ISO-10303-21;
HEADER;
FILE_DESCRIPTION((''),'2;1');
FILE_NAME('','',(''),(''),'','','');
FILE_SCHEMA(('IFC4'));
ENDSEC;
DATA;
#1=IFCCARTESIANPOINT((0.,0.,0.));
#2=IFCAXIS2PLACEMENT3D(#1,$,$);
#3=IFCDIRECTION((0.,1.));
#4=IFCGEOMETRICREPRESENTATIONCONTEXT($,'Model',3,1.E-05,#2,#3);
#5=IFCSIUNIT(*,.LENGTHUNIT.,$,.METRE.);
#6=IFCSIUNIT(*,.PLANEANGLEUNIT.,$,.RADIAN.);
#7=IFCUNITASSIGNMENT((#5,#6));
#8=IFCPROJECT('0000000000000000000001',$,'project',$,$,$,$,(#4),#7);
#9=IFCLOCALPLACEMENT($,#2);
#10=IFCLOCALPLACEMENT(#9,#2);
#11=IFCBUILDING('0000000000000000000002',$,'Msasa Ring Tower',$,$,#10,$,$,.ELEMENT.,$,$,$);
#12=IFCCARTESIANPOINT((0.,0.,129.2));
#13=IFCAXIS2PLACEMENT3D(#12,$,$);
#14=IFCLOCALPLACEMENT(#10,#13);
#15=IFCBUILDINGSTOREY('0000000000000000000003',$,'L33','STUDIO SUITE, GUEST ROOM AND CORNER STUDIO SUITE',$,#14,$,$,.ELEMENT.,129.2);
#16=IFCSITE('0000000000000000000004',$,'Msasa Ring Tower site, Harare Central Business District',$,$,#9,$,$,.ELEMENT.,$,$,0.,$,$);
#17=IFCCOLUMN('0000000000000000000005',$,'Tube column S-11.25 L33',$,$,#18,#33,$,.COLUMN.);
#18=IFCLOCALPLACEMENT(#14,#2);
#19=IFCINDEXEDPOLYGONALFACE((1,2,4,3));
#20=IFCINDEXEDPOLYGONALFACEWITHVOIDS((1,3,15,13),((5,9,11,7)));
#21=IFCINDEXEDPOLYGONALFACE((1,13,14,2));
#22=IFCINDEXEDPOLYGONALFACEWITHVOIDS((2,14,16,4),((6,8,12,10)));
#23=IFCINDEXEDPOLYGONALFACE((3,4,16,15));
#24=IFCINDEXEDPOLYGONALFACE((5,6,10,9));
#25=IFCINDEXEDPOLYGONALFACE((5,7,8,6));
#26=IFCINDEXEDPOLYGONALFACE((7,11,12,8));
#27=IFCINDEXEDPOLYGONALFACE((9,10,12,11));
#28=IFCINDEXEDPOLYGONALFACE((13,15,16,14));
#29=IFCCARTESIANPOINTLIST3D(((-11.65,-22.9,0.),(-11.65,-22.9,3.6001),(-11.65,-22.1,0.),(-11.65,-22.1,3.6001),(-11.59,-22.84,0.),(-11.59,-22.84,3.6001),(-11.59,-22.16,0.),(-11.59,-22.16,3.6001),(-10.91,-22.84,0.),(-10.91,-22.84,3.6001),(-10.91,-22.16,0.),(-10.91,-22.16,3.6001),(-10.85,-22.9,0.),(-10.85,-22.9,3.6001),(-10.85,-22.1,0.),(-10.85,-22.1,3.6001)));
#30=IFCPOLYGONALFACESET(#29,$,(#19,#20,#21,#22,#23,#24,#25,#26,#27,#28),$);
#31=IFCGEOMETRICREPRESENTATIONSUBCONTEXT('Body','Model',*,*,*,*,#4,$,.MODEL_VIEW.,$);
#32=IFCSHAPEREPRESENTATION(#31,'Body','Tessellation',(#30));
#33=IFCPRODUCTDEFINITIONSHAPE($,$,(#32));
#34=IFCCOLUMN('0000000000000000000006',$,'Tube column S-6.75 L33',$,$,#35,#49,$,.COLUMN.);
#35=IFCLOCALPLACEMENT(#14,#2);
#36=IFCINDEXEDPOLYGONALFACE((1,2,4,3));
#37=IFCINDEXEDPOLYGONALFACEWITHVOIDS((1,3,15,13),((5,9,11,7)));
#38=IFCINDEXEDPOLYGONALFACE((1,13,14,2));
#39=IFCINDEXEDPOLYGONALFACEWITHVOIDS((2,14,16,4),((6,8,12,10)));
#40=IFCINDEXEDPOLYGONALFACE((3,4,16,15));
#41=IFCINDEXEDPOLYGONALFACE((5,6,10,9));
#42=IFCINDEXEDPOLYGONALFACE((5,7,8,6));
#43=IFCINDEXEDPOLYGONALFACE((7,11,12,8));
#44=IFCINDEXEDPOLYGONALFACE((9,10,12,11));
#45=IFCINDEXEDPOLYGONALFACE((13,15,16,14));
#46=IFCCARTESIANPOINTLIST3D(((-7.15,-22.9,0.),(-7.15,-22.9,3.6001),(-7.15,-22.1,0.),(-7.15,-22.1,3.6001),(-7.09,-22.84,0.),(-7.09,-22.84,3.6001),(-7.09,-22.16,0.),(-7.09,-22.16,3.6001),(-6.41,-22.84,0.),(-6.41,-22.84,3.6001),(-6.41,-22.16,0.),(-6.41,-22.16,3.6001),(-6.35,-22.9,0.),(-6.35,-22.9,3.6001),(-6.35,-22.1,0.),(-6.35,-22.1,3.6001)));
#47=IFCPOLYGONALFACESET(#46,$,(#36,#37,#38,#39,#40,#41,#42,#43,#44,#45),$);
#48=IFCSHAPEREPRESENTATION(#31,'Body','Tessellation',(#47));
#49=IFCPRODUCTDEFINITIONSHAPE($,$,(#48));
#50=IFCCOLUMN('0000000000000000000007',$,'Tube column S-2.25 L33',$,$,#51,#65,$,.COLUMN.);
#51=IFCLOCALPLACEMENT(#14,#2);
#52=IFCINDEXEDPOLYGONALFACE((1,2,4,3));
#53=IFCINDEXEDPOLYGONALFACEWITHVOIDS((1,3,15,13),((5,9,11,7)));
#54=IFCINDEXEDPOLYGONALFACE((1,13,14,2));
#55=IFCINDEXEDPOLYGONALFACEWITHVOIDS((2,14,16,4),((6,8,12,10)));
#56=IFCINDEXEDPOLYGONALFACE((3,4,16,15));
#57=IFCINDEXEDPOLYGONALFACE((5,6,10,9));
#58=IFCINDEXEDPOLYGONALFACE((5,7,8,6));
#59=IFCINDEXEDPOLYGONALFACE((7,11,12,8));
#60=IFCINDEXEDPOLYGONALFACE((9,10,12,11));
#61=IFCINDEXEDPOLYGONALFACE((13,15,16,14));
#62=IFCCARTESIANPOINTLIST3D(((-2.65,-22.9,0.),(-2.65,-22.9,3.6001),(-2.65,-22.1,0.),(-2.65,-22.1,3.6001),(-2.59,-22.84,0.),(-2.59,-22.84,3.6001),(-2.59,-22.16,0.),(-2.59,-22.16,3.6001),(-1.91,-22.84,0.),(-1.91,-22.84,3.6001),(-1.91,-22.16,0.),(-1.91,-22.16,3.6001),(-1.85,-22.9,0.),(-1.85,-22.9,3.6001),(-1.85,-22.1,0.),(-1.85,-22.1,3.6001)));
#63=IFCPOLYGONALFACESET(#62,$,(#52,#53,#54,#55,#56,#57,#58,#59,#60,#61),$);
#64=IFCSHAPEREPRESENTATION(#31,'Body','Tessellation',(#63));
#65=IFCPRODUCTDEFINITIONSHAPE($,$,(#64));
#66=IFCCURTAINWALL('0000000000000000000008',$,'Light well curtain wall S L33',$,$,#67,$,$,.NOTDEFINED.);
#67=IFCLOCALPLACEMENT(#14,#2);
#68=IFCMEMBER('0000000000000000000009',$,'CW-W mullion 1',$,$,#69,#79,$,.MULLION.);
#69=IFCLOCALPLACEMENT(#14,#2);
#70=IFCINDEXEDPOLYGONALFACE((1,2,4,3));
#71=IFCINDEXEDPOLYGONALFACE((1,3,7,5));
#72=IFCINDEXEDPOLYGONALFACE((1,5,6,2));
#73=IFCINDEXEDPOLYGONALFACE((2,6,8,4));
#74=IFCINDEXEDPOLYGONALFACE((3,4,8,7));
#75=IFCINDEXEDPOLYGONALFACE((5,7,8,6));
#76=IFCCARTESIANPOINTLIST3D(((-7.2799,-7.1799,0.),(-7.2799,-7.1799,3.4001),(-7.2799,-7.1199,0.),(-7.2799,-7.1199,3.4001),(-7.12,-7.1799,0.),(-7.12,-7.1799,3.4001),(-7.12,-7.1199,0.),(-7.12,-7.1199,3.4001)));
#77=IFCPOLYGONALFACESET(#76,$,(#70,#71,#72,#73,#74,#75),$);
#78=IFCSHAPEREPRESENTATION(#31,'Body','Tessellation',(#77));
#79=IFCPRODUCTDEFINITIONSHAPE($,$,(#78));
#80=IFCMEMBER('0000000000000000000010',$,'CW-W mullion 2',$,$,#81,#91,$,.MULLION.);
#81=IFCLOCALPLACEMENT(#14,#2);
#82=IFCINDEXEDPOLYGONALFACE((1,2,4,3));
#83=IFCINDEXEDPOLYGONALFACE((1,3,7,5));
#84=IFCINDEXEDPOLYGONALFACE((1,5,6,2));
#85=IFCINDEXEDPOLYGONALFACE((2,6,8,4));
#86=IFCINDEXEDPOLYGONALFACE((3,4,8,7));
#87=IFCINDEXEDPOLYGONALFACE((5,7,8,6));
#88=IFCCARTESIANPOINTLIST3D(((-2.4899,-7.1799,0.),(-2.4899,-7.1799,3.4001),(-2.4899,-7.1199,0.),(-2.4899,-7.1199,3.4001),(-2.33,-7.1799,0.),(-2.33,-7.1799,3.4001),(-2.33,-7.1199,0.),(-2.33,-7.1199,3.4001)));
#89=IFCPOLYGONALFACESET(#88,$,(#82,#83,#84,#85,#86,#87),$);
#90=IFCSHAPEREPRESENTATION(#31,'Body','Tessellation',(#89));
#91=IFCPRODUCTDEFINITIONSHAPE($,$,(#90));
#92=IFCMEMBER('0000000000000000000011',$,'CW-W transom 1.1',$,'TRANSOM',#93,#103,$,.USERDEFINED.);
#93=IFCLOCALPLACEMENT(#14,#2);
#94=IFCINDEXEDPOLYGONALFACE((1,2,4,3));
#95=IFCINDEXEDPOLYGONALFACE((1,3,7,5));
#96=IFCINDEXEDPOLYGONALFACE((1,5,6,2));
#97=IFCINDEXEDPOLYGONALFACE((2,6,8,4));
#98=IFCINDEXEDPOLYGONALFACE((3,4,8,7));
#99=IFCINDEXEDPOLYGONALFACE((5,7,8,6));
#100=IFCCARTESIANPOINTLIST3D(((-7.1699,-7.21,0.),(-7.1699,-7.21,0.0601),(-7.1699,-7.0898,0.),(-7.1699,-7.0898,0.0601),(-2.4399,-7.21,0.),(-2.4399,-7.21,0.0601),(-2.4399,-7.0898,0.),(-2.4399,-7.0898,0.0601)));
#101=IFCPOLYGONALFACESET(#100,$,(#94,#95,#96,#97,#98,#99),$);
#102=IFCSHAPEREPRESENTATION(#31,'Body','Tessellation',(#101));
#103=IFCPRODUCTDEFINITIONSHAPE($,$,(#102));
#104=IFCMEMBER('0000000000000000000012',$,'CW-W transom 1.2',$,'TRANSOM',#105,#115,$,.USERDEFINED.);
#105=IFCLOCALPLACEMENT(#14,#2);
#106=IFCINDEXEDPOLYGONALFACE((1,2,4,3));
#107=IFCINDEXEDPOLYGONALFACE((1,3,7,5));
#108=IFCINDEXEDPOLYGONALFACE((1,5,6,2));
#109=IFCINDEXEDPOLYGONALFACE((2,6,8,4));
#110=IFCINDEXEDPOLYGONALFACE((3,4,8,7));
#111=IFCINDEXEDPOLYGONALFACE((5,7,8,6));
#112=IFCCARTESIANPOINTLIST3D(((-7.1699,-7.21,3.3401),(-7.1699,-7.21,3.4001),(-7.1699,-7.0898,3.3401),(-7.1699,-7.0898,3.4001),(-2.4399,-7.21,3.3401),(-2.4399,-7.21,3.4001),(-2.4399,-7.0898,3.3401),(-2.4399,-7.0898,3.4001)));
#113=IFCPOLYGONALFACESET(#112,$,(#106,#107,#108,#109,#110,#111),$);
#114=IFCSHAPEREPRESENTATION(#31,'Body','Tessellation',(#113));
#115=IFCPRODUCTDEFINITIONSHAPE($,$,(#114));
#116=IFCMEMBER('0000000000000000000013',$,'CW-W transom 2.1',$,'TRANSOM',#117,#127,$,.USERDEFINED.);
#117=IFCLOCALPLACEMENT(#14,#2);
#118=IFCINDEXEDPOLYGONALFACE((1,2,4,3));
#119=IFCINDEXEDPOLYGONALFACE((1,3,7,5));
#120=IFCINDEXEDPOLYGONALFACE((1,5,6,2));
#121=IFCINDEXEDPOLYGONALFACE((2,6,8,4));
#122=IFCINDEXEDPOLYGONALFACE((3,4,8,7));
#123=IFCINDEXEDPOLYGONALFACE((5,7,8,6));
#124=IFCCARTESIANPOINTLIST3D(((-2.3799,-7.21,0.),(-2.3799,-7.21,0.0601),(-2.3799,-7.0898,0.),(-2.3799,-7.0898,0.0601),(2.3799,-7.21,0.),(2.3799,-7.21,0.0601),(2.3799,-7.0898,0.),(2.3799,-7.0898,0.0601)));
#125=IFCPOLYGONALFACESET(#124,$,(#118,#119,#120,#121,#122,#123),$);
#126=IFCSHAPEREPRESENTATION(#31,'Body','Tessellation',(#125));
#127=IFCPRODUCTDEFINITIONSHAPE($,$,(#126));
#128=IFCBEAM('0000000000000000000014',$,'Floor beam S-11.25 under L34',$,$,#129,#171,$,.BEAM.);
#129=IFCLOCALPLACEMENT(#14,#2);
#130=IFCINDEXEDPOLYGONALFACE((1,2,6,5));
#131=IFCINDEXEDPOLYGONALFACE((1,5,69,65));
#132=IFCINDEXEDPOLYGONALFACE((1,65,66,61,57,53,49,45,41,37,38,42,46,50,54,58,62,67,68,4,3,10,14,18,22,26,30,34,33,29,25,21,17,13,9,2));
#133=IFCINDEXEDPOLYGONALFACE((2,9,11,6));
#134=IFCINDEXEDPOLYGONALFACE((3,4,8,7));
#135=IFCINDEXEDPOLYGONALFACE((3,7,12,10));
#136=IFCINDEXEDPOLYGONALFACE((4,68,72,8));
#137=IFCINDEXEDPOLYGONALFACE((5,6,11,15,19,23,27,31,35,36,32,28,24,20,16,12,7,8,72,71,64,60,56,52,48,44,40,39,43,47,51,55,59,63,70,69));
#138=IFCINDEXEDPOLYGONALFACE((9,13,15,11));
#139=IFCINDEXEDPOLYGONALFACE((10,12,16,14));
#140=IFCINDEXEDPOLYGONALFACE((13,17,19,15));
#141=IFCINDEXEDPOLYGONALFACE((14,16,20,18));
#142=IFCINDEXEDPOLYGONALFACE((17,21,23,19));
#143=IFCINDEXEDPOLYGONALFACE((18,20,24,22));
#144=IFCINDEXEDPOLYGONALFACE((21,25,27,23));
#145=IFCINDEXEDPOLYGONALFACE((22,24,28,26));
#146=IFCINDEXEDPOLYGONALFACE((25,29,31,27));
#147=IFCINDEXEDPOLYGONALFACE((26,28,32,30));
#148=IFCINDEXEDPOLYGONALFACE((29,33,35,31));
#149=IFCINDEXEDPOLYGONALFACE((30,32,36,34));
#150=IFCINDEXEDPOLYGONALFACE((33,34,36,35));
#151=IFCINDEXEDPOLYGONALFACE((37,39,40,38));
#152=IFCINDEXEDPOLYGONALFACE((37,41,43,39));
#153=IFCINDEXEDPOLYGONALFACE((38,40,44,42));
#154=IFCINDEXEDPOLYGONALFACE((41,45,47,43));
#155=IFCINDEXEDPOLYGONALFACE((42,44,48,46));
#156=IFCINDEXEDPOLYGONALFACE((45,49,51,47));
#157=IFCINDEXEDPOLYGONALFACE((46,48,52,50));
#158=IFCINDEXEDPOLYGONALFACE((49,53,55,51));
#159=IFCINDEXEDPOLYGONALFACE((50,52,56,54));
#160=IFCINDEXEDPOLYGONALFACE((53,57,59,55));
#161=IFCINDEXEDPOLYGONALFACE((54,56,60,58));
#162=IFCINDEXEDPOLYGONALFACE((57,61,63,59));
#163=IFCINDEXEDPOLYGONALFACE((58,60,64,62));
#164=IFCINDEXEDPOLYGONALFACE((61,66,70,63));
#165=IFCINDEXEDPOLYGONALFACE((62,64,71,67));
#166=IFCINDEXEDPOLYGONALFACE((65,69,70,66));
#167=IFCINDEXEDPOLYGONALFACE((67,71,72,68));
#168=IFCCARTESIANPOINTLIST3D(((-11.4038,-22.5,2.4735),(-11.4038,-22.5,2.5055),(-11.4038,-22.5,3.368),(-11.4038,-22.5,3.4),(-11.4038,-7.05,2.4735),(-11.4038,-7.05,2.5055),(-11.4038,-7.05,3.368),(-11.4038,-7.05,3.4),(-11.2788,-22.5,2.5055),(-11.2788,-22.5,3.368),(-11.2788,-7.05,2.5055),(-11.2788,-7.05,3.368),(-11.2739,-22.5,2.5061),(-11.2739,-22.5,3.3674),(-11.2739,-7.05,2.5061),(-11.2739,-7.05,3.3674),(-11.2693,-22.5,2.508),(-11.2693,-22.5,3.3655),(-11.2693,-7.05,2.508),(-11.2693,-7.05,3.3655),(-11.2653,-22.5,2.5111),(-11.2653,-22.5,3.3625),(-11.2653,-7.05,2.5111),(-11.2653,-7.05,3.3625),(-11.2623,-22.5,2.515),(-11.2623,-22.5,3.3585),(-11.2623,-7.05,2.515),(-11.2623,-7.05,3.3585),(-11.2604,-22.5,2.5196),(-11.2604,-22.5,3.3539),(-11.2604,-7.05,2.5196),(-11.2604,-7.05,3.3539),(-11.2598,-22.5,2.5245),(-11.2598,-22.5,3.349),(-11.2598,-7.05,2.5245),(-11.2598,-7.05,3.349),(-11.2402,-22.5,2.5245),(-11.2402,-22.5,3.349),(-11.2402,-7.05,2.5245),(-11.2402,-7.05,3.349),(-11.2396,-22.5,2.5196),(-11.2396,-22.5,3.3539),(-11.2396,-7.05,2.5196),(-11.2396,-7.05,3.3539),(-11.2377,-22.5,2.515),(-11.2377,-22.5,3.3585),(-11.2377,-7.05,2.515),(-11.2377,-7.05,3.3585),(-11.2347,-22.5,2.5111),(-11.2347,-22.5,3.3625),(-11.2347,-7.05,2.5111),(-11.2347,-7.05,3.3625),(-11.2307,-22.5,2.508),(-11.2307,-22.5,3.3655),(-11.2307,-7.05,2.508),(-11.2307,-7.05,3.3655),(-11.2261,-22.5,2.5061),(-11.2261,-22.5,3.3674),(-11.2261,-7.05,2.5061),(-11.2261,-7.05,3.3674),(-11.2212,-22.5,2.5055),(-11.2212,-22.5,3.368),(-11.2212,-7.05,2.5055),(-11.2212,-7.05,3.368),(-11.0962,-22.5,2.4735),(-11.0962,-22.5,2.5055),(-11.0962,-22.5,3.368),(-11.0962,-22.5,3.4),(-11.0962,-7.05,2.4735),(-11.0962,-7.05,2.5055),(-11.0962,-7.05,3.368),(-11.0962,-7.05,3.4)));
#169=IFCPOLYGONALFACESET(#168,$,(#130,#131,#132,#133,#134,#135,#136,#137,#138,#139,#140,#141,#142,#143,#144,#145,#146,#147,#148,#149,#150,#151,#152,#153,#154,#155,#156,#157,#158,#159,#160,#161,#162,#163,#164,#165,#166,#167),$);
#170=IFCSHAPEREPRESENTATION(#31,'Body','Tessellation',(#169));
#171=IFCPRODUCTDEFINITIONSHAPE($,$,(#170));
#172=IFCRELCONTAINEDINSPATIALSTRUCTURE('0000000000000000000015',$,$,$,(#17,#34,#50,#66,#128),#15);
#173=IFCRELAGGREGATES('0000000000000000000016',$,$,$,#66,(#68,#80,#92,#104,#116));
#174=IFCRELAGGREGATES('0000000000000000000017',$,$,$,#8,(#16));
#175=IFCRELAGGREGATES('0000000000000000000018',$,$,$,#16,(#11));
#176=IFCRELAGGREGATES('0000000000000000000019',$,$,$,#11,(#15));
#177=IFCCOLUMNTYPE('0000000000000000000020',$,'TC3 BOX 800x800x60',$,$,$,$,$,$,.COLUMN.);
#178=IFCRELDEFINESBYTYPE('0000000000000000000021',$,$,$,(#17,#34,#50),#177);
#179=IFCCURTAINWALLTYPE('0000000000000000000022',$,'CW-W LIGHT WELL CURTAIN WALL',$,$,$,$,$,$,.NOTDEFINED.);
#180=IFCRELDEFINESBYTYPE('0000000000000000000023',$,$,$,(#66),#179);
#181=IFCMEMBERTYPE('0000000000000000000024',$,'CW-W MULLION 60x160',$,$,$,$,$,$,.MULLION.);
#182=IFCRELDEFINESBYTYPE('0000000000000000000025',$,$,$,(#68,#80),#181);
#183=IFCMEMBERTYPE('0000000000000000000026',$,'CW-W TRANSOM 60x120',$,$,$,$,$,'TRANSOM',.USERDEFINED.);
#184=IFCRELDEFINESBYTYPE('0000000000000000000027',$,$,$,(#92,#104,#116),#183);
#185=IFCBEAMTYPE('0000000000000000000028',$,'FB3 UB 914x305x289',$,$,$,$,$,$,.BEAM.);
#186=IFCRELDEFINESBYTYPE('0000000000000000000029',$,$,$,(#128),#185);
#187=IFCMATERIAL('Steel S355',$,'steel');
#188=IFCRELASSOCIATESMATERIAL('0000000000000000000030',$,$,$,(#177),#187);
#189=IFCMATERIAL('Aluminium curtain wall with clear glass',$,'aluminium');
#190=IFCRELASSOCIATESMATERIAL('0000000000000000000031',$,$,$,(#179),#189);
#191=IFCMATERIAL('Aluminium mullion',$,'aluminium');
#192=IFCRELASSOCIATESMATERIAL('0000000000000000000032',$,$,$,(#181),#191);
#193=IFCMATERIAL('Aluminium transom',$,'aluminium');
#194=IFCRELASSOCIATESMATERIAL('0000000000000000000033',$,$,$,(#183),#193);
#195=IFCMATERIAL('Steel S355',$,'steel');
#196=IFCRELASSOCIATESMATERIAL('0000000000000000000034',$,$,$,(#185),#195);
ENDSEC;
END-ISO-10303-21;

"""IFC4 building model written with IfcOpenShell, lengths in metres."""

from ifc_helpers import new_model, si_unit, direction, frame, origin, origin_2d, place, context, subcontext, project, spatial, rectangle, hollow_rectangle, i_section, extrude, material, material_profile, profile_set, type_object, element, aggregate, save


model = new_model("IFC4")

# Units and contexts
model_context = context("Model", 3, precision=1e-05, world=origin(), true_north=direction((0.0, 1.0)))
body_context = subcontext(model_context, "Body", "Model", "MODEL_VIEW")
ifc_project = project(units=[si_unit("LENGTHUNIT", "METRE"), si_unit("PLANEANGLEUNIT", "RADIAN")], contexts=[model_context])

# Site, building, storey
site_placement = place(None, origin())
site = spatial("IfcSite", under=ifc_project, at=site_placement, Name="Msasa Ring Tower site, Harare Central Business District", CompositionType="ELEMENT", RefElevation=0.0)
building_placement = place(site_placement, origin())
building = spatial("IfcBuilding", under=site, at=building_placement, Name="Msasa Ring Tower", CompositionType="ELEMENT")
storey_placement = place(building_placement, frame((0.0, 0.0, 129.2)))
storey = spatial("IfcBuildingStorey", under=building, at=storey_placement, Name="L33", Description="STUDIO SUITE, GUEST ROOM AND CORNER STUDIO SUITE", CompositionType="ELEMENT", Elevation=129.2)

# Columns
ifc_material_1 = material(Name="Steel S355", Category="steel")
ifc_material_profile_1 = material_profile(ifc_material_1, hollow_rectangle(XDim=0.8, YDim=0.8, WallThickness=0.0601, at=origin_2d()), Name="BOX 800x800x60")
ifc_profile_set_1 = profile_set([ifc_material_profile_1], Name="Steel S355")
column_type = type_object("IfcColumnType", Name="TC3 BOX 800x800x60", PredefinedType="COLUMN", material=ifc_profile_set_1)
for number, where, z_axis, x_axis, name in (
    (1, (-11.25, -22.5, 0.0), (0.0, 0.0, 1.0), (0.0, 1.0, 0.0), "Tube column S-11.25 L33"),
    (2, (-6.75, -22.5, 0.0), (0.0, 0.0, 1.0), (0.0, 1.0, 0.0), "Tube column S-6.75 L33"),
    (3, (-2.25, -22.5, 0.0), (0.0, 0.0, 1.0), (0.0, 1.0, 0.0), "Tube column S-2.25 L33"),
):
    element("IfcColumn", number, at=place(storey_placement, frame(where, z_axis=z_axis, x_axis=x_axis)), inside=storey, type_object=column_type, Name=name, PredefinedType="COLUMN", context=body_context, shape_type="SweptSolid", body=[
        extrude(hollow_rectangle(XDim=0.8, YDim=0.8, WallThickness=0.0601, at=origin_2d()), origin(), (0.0, 0.0, 1.0), 3.6001),
    ])

# Curtain wall, members
ifc_material_2 = material(Name="Aluminium curtain wall with clear glass", Category="aluminium")
curtain_wall_type = type_object("IfcCurtainWallType", Name="CW-W LIGHT WELL CURTAIN WALL", PredefinedType="NOTDEFINED", material=ifc_material_2)
curtain_wall_placement = place(storey_placement, origin())
curtain_wall = element("IfcCurtainWall", 4, at=curtain_wall_placement, inside=storey, type_object=curtain_wall_type, Name="Light well curtain wall S L33", PredefinedType="NOTDEFINED")
ifc_material_3 = material(Name="Aluminium mullion", Category="aluminium")
ifc_material_profile_2 = material_profile(ifc_material_3, rectangle(XDim=0.0601, YDim=0.1599, at=origin_2d()), Name="AL 60x160")
ifc_profile_set_2 = profile_set([ifc_material_profile_2], Name="Aluminium mullion")
member_type_1 = type_object("IfcMemberType", Name="CW-W MULLION 60x160", PredefinedType="MULLION", material=ifc_profile_set_2)
member_1_placement = place(storey_placement, frame((-7.2, -7.1499, 0.0), z_axis=(0.0, 0.0, 1.0), x_axis=(0.0, 1.0, 0.0)))
member_1 = element("IfcMember", 5, at=member_1_placement, type_object=member_type_1, Name="CW-W mullion 1", PredefinedType="MULLION", context=body_context, shape_type="SweptSolid", body=[
    extrude(rectangle(XDim=0.0601, YDim=0.1599, at=origin_2d()), origin(), (0.0, 0.0, 1.0), 3.4001),
])
member_2_placement = place(storey_placement, frame((-2.4099, -7.1499, 0.0), z_axis=(0.0, 0.0, 1.0), x_axis=(0.0, 1.0, 0.0)))
member_2 = element("IfcMember", 6, at=member_2_placement, type_object=member_type_1, Name="CW-W mullion 2", PredefinedType="MULLION", context=body_context, shape_type="SweptSolid", body=[
    extrude(rectangle(XDim=0.0601, YDim=0.1599, at=origin_2d()), origin(), (0.0, 0.0, 1.0), 3.4001),
])
ifc_material_4 = material(Name="Aluminium transom", Category="aluminium")
ifc_material_profile_3 = material_profile(ifc_material_4, rectangle(XDim=0.1201, YDim=0.0601, at=origin_2d()), Name="AL 60x120")
ifc_profile_set_3 = profile_set([ifc_material_profile_3], Name="Aluminium transom")
member_type_2 = type_object("IfcMemberType", Name="CW-W TRANSOM 60x120", ElementType="TRANSOM", PredefinedType="USERDEFINED", material=ifc_profile_set_3)
member_3_placement = place(storey_placement, frame((-7.1699, -7.1499, 0.03), z_axis=(1.0, 0.0, 0.0), x_axis=(0.0, 1.0, 0.0)))
member_3 = element("IfcMember", 7, at=member_3_placement, type_object=member_type_2, Name="CW-W transom 1.1", ObjectType="TRANSOM", PredefinedType="USERDEFINED", context=body_context, shape_type="SweptSolid", body=[
    extrude(rectangle(XDim=0.1201, YDim=0.0601, at=origin_2d()), origin(), (0.0, 0.0, 1.0), 4.73),
])
member_4_placement = place(storey_placement, frame((-7.1699, -7.1499, 3.3701), z_axis=(1.0, 0.0, 0.0), x_axis=(0.0, 1.0, 0.0)))
member_4 = element("IfcMember", 8, at=member_4_placement, type_object=member_type_2, Name="CW-W transom 1.2", ObjectType="TRANSOM", PredefinedType="USERDEFINED", context=body_context, shape_type="SweptSolid", body=[
    extrude(rectangle(XDim=0.1201, YDim=0.0601, at=origin_2d()), origin(), (0.0, 0.0, 1.0), 4.73),
])
member_5_placement = place(storey_placement, frame((-2.3799, -7.1499, 0.03), z_axis=(1.0, 0.0, 0.0), x_axis=(0.0, 1.0, 0.0)))
member_5 = element("IfcMember", 9, at=member_5_placement, type_object=member_type_2, Name="CW-W transom 2.1", ObjectType="TRANSOM", PredefinedType="USERDEFINED", context=body_context, shape_type="SweptSolid", body=[
    extrude(rectangle(XDim=0.1201, YDim=0.0601, at=origin_2d()), origin(), (0.0, 0.0, 1.0), 4.7598),
])

# Beam
ifc_material_5 = material(Name="Steel S355", Category="steel")
ifc_material_profile_4 = material_profile(ifc_material_5, i_section(OverallWidth=0.3076, OverallDepth=0.9265, WebThickness=0.0195, FlangeThickness=0.032, FilletRadius=0.019, at=origin_2d()), Name="UB 914x305x289")
ifc_profile_set_4 = profile_set([ifc_material_profile_4], Name="Steel S355")
beam_type_1 = type_object("IfcBeamType", Name="FB3 UB 914x305x289", PredefinedType="BEAM", material=ifc_profile_set_4)
beam_placement = place(storey_placement, frame((-11.25, -22.5, 2.9368), z_axis=(0.0, 1.0, 0.0), x_axis=(-1.0, 0.0, 0.0)))
element("IfcBeam", 10, at=beam_placement, inside=storey, type_object=beam_type_1, Name="Floor beam S-11.25 under L34", PredefinedType="BEAM", context=body_context, shape_type="SweptSolid", body=[
    extrude(i_section(OverallWidth=0.3076, OverallDepth=0.9265, WebThickness=0.0195, FlangeThickness=0.032, FilletRadius=0.019, at=origin_2d()), origin(), (0.0, 0.0, 1.0), 15.45),
])

aggregate(curtain_wall, [member_1, member_2, member_3, member_4, member_5])

save(model, "model.ifc")
